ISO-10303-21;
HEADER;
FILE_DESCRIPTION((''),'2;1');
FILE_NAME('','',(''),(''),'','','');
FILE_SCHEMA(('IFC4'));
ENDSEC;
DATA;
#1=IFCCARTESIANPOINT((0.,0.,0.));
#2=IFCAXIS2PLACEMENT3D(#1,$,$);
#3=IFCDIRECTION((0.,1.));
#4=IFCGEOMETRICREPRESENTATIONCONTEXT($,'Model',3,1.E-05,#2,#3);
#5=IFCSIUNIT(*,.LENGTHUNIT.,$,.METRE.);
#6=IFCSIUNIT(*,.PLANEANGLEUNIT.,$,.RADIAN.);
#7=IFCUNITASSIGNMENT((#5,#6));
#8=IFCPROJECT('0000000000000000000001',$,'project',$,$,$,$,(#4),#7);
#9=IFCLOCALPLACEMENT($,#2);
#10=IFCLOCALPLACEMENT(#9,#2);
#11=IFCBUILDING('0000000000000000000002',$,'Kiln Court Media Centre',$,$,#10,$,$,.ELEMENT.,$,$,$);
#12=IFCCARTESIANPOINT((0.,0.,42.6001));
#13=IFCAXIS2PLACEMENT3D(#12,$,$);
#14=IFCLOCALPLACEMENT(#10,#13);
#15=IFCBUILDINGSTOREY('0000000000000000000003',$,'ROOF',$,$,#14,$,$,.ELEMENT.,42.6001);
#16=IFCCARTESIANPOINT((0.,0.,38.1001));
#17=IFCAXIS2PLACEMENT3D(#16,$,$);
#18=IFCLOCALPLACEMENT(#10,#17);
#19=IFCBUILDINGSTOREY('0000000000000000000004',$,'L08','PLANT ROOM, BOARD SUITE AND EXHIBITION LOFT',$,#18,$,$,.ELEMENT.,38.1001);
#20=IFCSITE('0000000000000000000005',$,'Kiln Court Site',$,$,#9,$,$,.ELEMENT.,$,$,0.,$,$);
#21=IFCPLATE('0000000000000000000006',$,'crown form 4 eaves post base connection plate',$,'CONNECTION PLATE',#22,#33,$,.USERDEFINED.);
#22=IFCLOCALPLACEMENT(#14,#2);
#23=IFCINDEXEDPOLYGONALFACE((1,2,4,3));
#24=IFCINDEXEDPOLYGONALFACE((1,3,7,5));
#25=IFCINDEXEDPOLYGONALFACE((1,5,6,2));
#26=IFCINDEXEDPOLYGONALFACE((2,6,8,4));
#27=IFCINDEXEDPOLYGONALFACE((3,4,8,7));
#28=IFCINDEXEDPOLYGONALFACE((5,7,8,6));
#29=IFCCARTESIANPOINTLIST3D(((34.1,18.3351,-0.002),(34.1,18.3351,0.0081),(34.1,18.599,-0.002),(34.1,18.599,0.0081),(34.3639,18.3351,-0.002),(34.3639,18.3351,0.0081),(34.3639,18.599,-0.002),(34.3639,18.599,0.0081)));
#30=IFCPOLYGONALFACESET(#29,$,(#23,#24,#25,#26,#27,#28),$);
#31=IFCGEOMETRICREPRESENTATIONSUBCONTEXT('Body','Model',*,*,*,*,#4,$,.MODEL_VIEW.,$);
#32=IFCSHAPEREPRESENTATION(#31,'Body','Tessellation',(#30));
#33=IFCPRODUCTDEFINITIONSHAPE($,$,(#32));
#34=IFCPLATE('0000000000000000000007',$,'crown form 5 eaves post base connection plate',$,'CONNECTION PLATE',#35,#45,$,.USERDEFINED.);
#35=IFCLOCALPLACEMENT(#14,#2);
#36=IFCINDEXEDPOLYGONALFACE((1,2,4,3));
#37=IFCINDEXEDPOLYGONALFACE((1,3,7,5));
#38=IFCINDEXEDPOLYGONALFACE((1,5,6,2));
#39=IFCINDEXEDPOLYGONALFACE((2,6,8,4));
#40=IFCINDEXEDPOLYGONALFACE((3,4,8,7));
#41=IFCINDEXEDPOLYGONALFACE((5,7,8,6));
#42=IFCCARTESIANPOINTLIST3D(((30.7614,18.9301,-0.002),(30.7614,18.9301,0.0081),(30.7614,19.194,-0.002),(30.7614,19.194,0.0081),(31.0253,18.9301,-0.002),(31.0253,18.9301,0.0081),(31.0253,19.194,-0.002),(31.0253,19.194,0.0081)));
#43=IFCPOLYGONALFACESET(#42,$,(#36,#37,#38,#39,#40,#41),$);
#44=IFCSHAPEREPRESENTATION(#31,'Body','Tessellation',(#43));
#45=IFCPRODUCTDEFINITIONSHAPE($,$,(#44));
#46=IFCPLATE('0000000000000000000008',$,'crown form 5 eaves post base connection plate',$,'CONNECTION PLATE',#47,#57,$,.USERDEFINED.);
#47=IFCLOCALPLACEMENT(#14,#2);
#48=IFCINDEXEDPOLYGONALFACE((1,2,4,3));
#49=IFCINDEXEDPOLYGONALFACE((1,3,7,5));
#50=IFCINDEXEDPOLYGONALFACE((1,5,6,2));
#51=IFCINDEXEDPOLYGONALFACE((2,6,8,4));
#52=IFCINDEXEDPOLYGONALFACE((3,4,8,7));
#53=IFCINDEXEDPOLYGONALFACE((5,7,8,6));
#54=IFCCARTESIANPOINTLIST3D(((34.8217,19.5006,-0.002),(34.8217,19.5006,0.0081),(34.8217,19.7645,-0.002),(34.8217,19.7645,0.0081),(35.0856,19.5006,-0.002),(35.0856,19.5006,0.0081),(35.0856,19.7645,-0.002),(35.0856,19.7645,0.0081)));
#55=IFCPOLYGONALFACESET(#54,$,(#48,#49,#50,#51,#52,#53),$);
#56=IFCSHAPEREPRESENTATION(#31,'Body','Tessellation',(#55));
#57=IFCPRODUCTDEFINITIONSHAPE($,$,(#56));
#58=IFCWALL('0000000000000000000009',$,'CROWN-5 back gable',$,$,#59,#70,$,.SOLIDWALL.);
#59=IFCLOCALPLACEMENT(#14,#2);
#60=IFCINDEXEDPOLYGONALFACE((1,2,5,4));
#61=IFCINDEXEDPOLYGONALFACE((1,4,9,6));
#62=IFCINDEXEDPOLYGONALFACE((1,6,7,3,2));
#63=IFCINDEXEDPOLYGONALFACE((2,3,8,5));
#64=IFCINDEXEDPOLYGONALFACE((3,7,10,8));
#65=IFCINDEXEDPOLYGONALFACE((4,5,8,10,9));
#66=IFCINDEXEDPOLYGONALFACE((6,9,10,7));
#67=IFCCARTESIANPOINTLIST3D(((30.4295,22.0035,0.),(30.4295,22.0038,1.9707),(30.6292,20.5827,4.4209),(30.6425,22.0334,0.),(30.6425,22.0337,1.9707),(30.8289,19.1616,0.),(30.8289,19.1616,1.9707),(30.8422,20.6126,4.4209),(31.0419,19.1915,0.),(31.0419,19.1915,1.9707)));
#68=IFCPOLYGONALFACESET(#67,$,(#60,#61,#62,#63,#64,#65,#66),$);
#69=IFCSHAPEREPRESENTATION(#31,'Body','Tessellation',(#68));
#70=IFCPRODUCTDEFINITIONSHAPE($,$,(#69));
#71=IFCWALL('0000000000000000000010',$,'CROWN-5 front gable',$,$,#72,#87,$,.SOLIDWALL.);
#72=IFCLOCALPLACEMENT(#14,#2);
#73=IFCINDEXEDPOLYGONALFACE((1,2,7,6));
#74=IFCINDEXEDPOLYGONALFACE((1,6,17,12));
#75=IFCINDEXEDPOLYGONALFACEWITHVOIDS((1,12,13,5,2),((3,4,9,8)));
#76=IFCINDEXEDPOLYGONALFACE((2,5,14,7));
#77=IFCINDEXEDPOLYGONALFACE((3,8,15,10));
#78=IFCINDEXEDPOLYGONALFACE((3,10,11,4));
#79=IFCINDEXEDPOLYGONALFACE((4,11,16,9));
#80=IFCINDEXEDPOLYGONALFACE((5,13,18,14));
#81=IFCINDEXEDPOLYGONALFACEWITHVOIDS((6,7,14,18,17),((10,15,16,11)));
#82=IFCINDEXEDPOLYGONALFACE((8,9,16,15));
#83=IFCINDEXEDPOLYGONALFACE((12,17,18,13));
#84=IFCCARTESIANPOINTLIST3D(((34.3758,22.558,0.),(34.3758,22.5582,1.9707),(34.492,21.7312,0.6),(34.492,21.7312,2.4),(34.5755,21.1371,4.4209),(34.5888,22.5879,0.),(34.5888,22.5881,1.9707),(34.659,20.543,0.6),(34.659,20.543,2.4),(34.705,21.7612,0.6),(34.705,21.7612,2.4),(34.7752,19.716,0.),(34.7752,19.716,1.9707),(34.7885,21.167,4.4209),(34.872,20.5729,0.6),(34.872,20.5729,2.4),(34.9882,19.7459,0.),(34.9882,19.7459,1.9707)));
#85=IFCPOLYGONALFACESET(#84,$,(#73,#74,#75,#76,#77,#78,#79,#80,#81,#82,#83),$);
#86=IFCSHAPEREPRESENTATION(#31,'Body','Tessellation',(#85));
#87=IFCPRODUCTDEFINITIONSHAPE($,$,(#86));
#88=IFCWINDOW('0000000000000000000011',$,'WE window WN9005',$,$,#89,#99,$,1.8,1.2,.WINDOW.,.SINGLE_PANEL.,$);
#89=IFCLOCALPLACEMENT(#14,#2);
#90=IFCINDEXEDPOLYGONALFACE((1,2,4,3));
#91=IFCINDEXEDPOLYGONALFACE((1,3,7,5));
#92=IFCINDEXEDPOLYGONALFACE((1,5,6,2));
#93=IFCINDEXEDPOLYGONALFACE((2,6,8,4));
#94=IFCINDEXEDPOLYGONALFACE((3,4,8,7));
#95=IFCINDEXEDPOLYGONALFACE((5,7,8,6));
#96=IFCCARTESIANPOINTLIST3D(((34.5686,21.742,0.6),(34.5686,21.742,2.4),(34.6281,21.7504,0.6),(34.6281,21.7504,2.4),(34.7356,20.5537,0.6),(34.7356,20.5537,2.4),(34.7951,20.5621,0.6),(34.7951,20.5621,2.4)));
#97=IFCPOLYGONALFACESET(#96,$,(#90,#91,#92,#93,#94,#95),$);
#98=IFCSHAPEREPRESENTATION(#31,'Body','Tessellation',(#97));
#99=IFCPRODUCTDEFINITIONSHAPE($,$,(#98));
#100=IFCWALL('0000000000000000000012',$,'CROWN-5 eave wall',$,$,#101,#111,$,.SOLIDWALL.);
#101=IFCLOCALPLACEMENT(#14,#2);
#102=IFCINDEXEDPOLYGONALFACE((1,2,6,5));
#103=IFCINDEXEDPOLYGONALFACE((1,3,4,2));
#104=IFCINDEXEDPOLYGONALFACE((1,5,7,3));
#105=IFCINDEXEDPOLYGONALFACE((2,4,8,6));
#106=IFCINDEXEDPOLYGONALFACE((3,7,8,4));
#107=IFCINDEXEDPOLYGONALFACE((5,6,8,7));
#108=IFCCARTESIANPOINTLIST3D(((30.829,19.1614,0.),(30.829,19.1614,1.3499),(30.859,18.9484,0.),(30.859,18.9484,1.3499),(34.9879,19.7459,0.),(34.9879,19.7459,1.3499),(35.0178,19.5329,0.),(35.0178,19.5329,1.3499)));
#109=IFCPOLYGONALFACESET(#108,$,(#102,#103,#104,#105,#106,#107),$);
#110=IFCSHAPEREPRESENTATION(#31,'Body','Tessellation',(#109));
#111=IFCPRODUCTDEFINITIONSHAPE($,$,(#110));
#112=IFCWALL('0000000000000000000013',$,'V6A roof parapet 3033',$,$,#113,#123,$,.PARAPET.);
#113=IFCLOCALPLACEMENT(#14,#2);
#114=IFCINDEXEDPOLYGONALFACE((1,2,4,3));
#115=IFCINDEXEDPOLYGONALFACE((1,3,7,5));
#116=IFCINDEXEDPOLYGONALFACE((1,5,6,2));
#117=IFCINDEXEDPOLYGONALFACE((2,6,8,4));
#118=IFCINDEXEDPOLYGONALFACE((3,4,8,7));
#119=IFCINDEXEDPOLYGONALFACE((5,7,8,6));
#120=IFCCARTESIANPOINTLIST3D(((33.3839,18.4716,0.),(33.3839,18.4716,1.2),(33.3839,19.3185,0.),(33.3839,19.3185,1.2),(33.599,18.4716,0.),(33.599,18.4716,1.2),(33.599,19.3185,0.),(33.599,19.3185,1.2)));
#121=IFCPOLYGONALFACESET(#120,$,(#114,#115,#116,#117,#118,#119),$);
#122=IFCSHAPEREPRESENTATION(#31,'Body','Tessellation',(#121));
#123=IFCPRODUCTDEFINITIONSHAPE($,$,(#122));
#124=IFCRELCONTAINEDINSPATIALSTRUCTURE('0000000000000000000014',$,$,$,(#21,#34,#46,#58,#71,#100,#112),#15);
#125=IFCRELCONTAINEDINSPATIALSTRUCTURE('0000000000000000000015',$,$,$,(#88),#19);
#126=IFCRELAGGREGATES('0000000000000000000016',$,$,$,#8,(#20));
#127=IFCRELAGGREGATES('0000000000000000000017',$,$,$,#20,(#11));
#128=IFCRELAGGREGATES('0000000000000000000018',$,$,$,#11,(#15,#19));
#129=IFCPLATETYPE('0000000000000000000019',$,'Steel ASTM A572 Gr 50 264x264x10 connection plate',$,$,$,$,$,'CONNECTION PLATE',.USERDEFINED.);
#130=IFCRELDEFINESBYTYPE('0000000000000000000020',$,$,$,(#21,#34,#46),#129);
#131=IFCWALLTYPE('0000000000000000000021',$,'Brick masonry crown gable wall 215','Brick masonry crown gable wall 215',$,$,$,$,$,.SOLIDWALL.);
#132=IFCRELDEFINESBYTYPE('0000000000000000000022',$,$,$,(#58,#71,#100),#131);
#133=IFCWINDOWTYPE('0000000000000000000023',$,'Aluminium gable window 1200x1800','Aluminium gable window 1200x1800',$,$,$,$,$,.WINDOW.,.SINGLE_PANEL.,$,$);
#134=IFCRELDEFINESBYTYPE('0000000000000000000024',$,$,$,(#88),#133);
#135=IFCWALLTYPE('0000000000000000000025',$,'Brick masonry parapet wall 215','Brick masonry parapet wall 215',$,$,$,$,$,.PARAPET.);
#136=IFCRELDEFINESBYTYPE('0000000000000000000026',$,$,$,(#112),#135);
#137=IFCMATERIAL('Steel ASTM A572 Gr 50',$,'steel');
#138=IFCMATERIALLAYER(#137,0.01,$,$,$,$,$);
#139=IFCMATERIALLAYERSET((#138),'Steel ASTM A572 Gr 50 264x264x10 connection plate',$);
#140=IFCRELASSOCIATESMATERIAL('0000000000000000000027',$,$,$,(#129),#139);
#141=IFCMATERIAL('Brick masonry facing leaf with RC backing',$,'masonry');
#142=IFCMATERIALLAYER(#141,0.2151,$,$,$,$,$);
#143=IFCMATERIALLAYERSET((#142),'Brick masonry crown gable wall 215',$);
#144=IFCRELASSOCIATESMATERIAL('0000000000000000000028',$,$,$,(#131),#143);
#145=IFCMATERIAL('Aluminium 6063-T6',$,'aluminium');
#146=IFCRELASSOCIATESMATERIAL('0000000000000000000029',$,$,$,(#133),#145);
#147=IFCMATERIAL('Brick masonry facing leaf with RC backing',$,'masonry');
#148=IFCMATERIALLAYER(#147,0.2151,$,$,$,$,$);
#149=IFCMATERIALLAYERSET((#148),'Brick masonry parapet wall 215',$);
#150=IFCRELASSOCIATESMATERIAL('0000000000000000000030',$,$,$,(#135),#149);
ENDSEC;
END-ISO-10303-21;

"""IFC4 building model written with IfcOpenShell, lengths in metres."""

from ifc_helpers import new_model, si_unit, direction, frame, frame_2d, origin, origin_2d, place, context, subcontext, project, spatial, polyline, rectangle, outline, extrude, material, layer, layer_set, type_object, element, fill, save


model = new_model("IFC4")

# Units and contexts
model_context = context("Model", 3, precision=1e-05, world=origin(), true_north=direction((0.0, 1.0)))
body_context = subcontext(model_context, "Body", "Model", "MODEL_VIEW")
ifc_project = project(units=[si_unit("LENGTHUNIT", "METRE"), si_unit("PLANEANGLEUNIT", "RADIAN")], contexts=[model_context])

# Site, building, storey
site_placement = place(None, origin())
site = spatial("IfcSite", under=ifc_project, at=site_placement, Name="Kiln Court Site", CompositionType="ELEMENT", RefElevation=0.0)
building_placement = place(site_placement, origin())
building = spatial("IfcBuilding", under=site, at=building_placement, Name="Kiln Court Media Centre", CompositionType="ELEMENT")
storey_1_placement = place(building_placement, frame((0.0, 0.0, 42.6001)))
storey_1 = spatial("IfcBuildingStorey", under=building, at=storey_1_placement, Name="ROOF", CompositionType="ELEMENT", Elevation=42.6001)

# Plates
ifc_material_1 = material(Name="Steel ASTM A572 Gr 50", Category="steel")
ifc_layer_1 = layer(ifc_material_1, 0.01)
ifc_layer_set_1 = layer_set([ifc_layer_1], Name="Steel ASTM A572 Gr 50 264x264x10 connection plate")
plate_type_1 = type_object("IfcPlateType", Name="Steel ASTM A572 Gr 50 264x264x10 connection plate", ElementType="CONNECTION PLATE", PredefinedType="USERDEFINED", material=ifc_layer_set_1)
for number, where, z_axis, x_axis, name in (
    (1, (34.2319, 18.467, -0.002), (0.0, 0.0, 1.0), (1.0, 0.0, 0.0), "crown form 4 eaves post base connection plate"),
    (2, (30.8933, 19.062, -0.002), (0.0, 0.0, 1.0), (1.0, 0.0, 0.0), "crown form 5 eaves post base connection plate"),
    (3, (34.9536, 19.6326, -0.002), (0.0, 0.0, 1.0), (1.0, 0.0, 0.0), "crown form 5 eaves post base connection plate"),
):
    element("IfcPlate", number, at=place(storey_1_placement, frame(where, z_axis=z_axis, x_axis=x_axis)), inside=storey_1, type_object=plate_type_1, Name=name, ObjectType="CONNECTION PLATE", PredefinedType="USERDEFINED", context=body_context, shape_type="SweptSolid", body=[
        extrude(rectangle(XDim=0.2639, YDim=0.2639, at=origin_2d()), origin(), (0.0, 0.0, 1.0), 0.01),
    ])

# Wall
ifc_material_2 = material(Name="Brick masonry facing leaf with RC backing", Category="masonry")
ifc_layer_2 = layer(ifc_material_2, 0.2151)
ifc_layer_set_2 = layer_set([ifc_layer_2], Name="Brick masonry crown gable wall 215")
wall_type_1 = type_object("IfcWallType", Name="Brick masonry crown gable wall 215", Description="Brick masonry crown gable wall 215", PredefinedType="SOLIDWALL", material=ifc_layer_set_2)
wall_1_placement = place(storey_1_placement, frame((30.9353, 19.1765, 0.0), z_axis=(0.0, 0.0, 1.0), x_axis=(-0.13917, 0.990268, 0.0)))
element("IfcWall", 4, at=wall_1_placement, inside=storey_1, type_object=wall_type_1, Name="CROWN-5 back gable", PredefinedType="SOLIDWALL", context=body_context, shape_type="SweptSolid", body=[
    extrude(outline(polyline([(0.0, 0.0), (2.8699, 0.0), (2.8701, 1.9707), (1.4351, 4.4209), (0.0, 1.9707), (0.0, 0.0)])), frame((0.0, 0.1074, 0.0), z_axis=(0.0, -1.0, 0.0), x_axis=(1.0, 0.0, 0.0)), (0.0, 0.0, 1.0), 0.2151),
])

# Wall, opening
wall_2_placement = place(storey_1_placement, frame((34.8816, 19.731, 0.0), z_axis=(0.0, 0.0, 1.0), x_axis=(-0.13917, 0.990268, 0.0)))
wall_2 = element("IfcWall", 5, at=wall_2_placement, inside=storey_1, type_object=wall_type_1, Name="CROWN-5 front gable", PredefinedType="SOLIDWALL", context=body_context, shape_type="SweptSolid", body=[
    extrude(outline(polyline([(0.0, 0.0), (2.8699, 0.0), (2.8701, 1.9707), (1.4351, 4.4209), (0.0, 1.9707), (0.0, 0.0)])), frame((0.0, 0.1074, 0.0), z_axis=(0.0, -1.0, 0.0), x_axis=(1.0, 0.0, 0.0)), (0.0, 0.0, 1.0), 0.2151),
])
opening_placement = place(wall_2_placement, frame((0.835, 0.0, 0.6001)))
opening = element("IfcOpeningElement", 6, at=opening_placement, cuts=wall_2, PredefinedType="OPENING", context=body_context, shape_type="SweptSolid", body=[
    extrude(rectangle(XDim=1.2, YDim=1.8, at=frame_2d((0.6001, 0.8999))), frame((0.0, 0.1174, 0.0), z_axis=(0.0, -1.0, 0.0), x_axis=(1.0, 0.0, 0.0)), (0.0, 0.0, 1.0), 0.2351),
])

# Shared definitions
storey_2_placement = place(building_placement, frame((0.0, 0.0, 38.1001)))
storey_2 = spatial("IfcBuildingStorey", under=building, at=storey_2_placement, Name="L08", Description="PLANT ROOM, BOARD SUITE AND EXHIBITION LOFT", CompositionType="ELEMENT", Elevation=38.1001)

# Window
ifc_material_3 = material(Name="Aluminium 6063-T6", Category="aluminium")
window_type = type_object("IfcWindowType", Name="Aluminium gable window 1200x1800", Description="Aluminium gable window 1200x1800", PartitioningType="SINGLE_PANEL", PredefinedType="WINDOW", material=ifc_material_3)
window_placement = place(opening_placement, origin())
window = element("IfcWindow", 7, at=window_placement, inside=storey_2, type_object=window_type, Name="WE window WN9005", OverallHeight=1.8, OverallWidth=1.2, PartitioningType="SINGLE_PANEL", PredefinedType="WINDOW", context=body_context, shape_type="SweptSolid", body=[
    extrude(rectangle(XDim=1.2, YDim=1.8, at=frame_2d((0.6001, 0.8999))), frame((0.0, 0.03, 0.0), z_axis=(0.0, -1.0, 0.0), x_axis=(1.0, 0.0, 0.0)), (0.0, 0.0, 1.0), 0.0601),
])
fill(opening, window)

# Walls
wall_3_placement = place(storey_1_placement, frame((30.844, 19.0549, 0.0), z_axis=(0.0, 0.0, 1.0), x_axis=(0.990269, 0.139167, 0.0)))
element("IfcWall", 8, at=wall_3_placement, inside=storey_1, type_object=wall_type_1, Name="CROWN-5 eave wall", PredefinedType="SOLIDWALL", context=body_context, shape_type="SweptSolid", body=[
    extrude(rectangle(XDim=4.1997, YDim=0.2151, at=frame_2d((2.0999, 0.0))), origin(), (0.0, 0.0, 1.0), 1.3499),
])
ifc_material_4 = material(Name="Brick masonry facing leaf with RC backing", Category="masonry")
ifc_layer_3 = layer(ifc_material_4, 0.2151)
ifc_layer_set_3 = layer_set([ifc_layer_3], Name="Brick masonry parapet wall 215")
wall_type_2 = type_object("IfcWallType", Name="Brick masonry parapet wall 215", Description="Brick masonry parapet wall 215", PredefinedType="PARAPET", material=ifc_layer_set_3)
wall_4_placement = place(storey_1_placement, frame((33.4915, 18.4717, 0.0), z_axis=(0.0, 0.0, 1.0), x_axis=(0.0, 1.0, 0.0)))
element("IfcWall", 9, at=wall_4_placement, inside=storey_1, type_object=wall_type_2, Name="V6A roof parapet 3033", PredefinedType="PARAPET", context=body_context, shape_type="SweptSolid", body=[
    extrude(rectangle(XDim=0.8469, YDim=0.2151, at=frame_2d((0.4233, 0.0))), origin(), (0.0, 0.0, 1.0), 1.2),
])

save(model, "model.ifc")
